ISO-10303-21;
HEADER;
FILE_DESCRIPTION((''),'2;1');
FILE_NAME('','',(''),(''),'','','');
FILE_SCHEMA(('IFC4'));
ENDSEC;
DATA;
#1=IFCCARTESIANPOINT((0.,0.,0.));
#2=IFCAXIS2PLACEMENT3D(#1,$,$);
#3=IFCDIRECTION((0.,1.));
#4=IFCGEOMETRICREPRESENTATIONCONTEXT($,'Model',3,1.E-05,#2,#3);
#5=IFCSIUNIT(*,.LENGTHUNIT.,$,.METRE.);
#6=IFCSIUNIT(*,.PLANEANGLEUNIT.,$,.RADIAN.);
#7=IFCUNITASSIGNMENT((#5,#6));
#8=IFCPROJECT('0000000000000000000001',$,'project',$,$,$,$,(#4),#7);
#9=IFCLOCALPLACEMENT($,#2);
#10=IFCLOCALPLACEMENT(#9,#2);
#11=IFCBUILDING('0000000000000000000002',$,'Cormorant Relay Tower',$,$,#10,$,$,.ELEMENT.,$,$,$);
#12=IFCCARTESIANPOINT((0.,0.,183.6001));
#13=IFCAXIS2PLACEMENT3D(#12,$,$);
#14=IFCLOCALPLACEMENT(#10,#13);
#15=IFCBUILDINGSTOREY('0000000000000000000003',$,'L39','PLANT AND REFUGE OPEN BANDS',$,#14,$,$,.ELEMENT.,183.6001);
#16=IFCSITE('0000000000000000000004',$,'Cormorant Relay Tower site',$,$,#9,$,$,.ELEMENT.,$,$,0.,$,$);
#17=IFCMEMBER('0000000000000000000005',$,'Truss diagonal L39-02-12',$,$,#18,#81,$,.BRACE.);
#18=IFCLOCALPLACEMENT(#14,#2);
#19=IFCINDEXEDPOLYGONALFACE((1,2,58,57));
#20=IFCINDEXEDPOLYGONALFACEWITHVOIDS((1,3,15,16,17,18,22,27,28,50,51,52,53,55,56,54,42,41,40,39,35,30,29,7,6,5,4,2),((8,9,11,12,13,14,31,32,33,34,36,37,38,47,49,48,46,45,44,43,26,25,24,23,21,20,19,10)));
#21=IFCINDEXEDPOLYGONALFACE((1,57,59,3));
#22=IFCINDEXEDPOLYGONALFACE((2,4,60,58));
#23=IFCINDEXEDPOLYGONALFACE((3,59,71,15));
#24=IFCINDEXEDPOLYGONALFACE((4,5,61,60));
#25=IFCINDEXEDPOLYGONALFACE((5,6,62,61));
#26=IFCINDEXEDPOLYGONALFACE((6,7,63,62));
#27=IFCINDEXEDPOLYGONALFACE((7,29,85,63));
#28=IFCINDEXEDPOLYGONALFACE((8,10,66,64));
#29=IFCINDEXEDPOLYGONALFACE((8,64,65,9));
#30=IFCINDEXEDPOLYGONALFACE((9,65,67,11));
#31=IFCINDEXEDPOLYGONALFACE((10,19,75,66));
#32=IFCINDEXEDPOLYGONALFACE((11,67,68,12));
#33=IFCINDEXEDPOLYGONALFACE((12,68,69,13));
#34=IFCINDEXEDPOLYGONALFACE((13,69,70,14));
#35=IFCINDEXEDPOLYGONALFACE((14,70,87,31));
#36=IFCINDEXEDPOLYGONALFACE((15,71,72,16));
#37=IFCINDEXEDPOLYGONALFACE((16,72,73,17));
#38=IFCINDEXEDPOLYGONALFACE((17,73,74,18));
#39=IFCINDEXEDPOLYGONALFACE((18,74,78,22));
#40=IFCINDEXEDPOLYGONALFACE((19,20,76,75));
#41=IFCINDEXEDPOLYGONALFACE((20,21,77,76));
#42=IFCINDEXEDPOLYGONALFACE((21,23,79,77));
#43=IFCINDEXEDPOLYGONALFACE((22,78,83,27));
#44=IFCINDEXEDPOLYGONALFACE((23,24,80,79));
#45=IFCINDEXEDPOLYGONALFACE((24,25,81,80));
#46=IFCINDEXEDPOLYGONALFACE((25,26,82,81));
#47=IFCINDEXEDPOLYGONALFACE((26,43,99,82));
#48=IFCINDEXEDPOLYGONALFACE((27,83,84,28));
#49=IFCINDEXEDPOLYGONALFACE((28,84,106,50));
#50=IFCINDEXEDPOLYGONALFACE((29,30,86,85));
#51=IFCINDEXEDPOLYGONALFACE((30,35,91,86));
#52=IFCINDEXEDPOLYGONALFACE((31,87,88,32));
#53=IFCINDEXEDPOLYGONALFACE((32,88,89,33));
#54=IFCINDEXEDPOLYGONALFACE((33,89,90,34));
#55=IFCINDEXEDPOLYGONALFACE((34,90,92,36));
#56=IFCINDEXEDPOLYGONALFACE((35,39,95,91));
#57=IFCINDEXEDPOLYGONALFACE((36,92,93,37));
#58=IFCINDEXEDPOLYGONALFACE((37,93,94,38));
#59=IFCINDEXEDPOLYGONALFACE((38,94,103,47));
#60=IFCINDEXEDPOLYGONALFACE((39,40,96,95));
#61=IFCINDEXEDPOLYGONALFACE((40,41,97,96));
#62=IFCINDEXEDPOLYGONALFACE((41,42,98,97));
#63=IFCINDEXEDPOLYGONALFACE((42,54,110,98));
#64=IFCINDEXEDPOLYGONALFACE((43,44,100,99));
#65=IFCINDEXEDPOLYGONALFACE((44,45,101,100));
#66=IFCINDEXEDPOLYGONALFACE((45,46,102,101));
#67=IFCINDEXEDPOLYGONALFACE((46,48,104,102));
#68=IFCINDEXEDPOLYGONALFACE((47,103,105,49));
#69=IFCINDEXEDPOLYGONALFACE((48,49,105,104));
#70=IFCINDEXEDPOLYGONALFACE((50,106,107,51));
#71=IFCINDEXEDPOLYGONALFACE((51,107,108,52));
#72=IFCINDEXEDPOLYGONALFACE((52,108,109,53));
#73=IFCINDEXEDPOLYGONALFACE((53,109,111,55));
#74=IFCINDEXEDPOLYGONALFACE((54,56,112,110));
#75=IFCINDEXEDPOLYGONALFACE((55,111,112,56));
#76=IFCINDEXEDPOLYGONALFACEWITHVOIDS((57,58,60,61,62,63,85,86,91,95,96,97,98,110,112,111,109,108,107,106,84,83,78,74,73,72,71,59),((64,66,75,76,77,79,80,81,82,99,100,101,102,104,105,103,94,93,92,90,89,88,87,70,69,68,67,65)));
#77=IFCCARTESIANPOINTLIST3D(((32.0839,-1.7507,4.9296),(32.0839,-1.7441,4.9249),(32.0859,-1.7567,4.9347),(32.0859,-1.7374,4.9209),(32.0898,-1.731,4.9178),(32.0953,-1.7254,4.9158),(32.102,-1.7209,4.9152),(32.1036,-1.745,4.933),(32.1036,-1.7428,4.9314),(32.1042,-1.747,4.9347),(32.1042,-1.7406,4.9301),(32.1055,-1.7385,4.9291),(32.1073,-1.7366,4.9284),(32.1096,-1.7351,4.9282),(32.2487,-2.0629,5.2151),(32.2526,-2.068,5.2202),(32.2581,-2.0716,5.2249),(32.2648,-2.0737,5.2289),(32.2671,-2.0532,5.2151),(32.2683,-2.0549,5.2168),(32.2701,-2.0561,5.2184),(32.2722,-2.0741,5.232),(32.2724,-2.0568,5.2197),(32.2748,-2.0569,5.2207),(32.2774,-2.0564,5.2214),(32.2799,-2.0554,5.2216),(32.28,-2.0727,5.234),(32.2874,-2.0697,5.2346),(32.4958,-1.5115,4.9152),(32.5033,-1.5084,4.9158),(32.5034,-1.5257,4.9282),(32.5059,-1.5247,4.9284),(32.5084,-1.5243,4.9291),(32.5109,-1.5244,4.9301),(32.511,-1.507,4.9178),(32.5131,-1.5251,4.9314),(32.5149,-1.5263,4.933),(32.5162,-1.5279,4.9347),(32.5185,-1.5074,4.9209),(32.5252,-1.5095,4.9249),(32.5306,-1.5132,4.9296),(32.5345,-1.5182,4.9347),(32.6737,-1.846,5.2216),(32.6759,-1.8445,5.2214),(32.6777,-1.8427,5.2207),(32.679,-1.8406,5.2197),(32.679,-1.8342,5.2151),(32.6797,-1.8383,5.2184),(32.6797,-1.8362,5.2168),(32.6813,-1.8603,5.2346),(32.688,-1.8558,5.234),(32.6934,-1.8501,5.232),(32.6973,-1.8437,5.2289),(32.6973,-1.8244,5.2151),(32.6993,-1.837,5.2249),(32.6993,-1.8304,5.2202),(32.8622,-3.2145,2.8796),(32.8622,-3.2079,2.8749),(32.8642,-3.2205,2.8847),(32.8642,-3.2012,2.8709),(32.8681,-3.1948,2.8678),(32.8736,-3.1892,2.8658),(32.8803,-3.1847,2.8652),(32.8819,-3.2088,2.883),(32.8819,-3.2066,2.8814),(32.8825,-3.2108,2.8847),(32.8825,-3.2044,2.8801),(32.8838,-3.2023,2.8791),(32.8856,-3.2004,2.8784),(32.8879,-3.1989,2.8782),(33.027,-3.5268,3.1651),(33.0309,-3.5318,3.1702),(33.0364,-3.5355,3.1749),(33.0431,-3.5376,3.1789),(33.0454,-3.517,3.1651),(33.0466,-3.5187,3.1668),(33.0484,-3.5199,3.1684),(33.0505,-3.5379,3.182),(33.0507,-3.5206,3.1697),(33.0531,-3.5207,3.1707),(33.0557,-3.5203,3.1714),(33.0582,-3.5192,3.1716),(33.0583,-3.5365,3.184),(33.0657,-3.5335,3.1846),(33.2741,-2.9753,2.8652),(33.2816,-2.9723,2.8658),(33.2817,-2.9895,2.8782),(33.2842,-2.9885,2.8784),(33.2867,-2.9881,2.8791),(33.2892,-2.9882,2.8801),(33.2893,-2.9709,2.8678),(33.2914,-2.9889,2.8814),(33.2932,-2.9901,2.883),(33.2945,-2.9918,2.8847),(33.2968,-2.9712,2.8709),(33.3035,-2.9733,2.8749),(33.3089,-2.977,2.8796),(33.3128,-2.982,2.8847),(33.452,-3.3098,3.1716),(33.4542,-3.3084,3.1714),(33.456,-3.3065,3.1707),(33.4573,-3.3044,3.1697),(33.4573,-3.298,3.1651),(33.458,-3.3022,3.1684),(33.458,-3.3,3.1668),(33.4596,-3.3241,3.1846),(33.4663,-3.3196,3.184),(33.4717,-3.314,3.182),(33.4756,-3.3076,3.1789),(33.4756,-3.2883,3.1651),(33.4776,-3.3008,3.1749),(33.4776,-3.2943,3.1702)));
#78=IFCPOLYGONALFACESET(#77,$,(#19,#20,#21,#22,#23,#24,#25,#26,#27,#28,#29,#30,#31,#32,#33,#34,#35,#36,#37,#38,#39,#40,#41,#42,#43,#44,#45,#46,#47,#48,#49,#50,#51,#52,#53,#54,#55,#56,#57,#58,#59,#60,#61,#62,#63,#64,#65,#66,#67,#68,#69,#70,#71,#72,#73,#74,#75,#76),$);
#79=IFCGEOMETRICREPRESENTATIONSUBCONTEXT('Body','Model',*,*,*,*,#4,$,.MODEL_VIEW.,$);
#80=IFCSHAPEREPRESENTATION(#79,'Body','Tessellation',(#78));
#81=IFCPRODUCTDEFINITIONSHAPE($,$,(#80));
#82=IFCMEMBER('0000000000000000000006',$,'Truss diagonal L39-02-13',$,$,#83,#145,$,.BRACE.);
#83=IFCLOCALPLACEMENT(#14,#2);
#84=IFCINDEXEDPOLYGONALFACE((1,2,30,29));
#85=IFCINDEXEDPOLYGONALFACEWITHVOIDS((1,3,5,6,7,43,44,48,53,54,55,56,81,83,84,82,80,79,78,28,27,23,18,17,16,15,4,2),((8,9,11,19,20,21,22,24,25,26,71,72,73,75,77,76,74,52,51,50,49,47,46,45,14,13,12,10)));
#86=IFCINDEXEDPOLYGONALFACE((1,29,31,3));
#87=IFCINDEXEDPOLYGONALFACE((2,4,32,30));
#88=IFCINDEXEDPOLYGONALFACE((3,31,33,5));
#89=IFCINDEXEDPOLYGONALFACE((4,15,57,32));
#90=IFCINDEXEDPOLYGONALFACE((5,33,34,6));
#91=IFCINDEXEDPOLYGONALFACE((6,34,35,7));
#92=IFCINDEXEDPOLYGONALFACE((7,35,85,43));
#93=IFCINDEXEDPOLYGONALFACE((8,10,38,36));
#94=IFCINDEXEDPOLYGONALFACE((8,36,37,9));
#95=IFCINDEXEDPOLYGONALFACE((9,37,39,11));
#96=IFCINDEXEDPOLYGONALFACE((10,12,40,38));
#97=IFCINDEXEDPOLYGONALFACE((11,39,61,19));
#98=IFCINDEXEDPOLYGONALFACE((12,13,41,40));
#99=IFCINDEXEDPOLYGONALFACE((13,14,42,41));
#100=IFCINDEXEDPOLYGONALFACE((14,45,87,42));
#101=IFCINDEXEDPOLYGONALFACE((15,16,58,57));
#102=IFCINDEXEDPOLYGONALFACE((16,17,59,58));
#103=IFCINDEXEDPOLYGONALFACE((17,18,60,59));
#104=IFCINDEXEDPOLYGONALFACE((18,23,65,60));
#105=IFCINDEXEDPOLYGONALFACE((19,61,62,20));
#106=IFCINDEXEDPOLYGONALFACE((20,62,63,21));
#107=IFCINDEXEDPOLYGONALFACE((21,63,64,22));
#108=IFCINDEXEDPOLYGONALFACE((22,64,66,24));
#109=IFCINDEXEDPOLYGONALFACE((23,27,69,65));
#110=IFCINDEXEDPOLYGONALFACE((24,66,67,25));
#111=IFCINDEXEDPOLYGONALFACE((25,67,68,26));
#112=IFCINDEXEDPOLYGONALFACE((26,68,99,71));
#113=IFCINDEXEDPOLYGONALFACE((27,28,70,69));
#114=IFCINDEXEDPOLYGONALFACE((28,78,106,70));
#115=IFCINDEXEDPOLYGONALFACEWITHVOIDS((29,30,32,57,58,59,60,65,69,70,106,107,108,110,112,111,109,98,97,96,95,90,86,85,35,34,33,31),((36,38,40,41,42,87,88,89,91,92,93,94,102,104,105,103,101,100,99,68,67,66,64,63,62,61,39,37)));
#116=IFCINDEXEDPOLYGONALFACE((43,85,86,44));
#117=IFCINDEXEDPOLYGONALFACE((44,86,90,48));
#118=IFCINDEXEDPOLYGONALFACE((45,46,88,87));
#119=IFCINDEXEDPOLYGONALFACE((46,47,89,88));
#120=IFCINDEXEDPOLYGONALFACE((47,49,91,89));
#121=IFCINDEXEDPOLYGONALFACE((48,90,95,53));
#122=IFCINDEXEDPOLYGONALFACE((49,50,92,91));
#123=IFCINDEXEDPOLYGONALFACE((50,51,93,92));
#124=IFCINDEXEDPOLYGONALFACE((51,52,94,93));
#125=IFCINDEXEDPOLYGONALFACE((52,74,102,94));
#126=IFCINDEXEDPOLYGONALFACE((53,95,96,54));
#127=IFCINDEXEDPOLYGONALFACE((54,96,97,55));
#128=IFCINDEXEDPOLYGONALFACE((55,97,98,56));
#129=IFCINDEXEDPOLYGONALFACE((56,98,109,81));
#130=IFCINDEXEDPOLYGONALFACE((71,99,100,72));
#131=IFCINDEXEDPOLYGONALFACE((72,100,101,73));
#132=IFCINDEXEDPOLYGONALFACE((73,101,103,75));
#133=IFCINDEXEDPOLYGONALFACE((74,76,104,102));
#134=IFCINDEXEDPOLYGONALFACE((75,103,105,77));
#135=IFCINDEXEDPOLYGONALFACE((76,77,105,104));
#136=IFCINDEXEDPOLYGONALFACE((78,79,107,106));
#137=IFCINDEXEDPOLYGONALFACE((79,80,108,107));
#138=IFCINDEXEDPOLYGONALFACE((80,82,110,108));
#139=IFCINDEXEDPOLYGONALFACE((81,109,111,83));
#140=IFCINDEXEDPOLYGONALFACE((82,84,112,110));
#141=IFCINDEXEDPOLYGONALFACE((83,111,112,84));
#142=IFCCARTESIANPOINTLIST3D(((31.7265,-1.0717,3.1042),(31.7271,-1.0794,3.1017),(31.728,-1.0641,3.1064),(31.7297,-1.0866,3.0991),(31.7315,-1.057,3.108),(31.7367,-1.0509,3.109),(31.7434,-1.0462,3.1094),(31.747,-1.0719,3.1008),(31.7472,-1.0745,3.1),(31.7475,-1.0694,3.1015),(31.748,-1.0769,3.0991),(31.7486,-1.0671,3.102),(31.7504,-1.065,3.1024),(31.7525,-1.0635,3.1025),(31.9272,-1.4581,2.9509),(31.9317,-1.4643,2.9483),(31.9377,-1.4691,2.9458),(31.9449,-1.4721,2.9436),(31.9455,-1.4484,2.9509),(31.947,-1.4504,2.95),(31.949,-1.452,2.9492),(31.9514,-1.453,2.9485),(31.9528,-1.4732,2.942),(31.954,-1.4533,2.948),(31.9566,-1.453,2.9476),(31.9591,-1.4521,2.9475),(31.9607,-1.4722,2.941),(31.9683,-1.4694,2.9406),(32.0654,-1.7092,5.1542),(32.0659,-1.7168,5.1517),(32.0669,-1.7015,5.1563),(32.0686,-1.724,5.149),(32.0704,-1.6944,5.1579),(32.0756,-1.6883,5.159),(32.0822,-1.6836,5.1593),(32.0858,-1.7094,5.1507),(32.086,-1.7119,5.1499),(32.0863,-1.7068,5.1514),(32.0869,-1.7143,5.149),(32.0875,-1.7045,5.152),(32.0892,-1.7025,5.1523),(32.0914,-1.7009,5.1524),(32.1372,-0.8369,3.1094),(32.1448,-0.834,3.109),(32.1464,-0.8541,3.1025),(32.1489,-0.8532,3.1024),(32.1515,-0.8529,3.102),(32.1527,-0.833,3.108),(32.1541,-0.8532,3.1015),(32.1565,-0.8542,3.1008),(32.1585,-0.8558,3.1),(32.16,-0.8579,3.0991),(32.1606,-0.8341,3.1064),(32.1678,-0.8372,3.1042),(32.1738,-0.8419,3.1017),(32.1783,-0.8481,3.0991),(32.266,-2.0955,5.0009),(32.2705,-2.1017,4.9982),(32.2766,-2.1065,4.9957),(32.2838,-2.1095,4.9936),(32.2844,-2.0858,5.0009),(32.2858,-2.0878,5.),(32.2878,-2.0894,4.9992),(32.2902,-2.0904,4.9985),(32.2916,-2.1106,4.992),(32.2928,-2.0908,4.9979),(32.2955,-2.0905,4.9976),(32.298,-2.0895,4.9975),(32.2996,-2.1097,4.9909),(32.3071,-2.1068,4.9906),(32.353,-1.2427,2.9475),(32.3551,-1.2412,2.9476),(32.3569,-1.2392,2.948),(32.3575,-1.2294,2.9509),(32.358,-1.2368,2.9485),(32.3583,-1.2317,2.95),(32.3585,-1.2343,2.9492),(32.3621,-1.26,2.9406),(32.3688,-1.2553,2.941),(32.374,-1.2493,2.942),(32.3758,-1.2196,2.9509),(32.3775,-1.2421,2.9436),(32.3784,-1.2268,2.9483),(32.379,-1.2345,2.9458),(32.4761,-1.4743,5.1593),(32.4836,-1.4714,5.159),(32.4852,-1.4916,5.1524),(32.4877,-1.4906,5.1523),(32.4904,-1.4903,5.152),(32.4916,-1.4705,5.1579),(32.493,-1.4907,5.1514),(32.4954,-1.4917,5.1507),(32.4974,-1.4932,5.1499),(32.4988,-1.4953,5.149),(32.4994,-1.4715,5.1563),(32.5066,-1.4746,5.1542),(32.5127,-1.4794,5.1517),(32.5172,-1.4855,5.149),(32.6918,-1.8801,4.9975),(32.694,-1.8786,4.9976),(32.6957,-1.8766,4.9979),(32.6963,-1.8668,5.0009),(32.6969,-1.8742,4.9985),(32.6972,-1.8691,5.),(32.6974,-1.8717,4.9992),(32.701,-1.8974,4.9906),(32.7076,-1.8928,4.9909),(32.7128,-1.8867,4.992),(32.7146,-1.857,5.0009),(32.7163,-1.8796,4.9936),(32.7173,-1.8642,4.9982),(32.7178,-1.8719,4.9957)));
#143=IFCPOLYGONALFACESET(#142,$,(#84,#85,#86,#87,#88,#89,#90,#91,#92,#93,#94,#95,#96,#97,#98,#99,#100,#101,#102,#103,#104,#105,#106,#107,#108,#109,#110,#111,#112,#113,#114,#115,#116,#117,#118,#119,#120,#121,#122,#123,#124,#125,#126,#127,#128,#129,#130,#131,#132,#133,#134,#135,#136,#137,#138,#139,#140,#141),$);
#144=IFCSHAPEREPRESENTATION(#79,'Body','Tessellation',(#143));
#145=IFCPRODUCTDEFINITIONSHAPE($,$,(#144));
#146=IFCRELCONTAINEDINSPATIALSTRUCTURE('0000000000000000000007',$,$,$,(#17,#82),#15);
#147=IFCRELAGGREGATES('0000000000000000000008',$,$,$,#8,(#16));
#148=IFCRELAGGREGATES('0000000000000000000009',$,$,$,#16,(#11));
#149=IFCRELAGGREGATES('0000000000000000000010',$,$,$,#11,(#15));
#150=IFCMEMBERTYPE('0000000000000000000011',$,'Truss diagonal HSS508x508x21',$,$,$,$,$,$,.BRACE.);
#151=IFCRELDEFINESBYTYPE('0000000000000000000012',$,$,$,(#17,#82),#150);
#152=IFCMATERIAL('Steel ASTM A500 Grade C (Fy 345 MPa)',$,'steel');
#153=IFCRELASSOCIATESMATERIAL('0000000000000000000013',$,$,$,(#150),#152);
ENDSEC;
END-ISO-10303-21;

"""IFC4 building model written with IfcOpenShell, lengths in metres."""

from ifc_helpers import new_model, si_unit, direction, frame, origin, origin_2d, place, context, subcontext, project, spatial, hollow_rectangle, extrude, material, material_profile, profile_set, type_object, element, save


model = new_model("IFC4")

# Units and contexts
model_context = context("Model", 3, precision=1e-05, world=origin(), true_north=direction((0.0, 1.0)))
body_context = subcontext(model_context, "Body", "Model", "MODEL_VIEW")
ifc_project = project(units=[si_unit("LENGTHUNIT", "METRE"), si_unit("PLANEANGLEUNIT", "RADIAN")], contexts=[model_context])

# Site, building, storey
site_placement = place(None, origin())
site = spatial("IfcSite", under=ifc_project, at=site_placement, Name="Cormorant Relay Tower site", CompositionType="ELEMENT", RefElevation=0.0)
building_placement = place(site_placement, origin())
building = spatial("IfcBuilding", under=site, at=building_placement, Name="Cormorant Relay Tower", CompositionType="ELEMENT")
storey_placement = place(building_placement, frame((0.0, 0.0, 183.6001)))
storey = spatial("IfcBuildingStorey", under=building, at=storey_placement, Name="L39", Description="PLANT AND REFUGE OPEN BANDS", CompositionType="ELEMENT", Elevation=183.6001)

# Members
ifc_material_1 = material(Name="Steel ASTM A500 Grade C (Fy 345 MPa)", Category="steel")
ifc_material_profile_1 = material_profile(ifc_material_1, hollow_rectangle(XDim=0.5081, YDim=0.5081, WallThickness=0.0208, InnerFilletRadius=0.0103, OuterFilletRadius=0.031, at=origin_2d()), Name="HSS508x508x21")
ifc_profile_set_1 = profile_set([ifc_material_profile_1], Name="Steel ASTM A500 Grade C (Fy 345 MPa)")
member_type_1 = type_object("IfcMemberType", Name="Truss diagonal HSS508x508x21", PredefinedType="BRACE", material=ifc_profile_set_1)
member_1_placement = place(storey_placement, frame((33.1699, -3.2544, 3.0249), z_axis=(-0.295204, 0.555221, 0.77755), x_axis=(-0.882956, -0.469457, 0.0)))
element("IfcMember", 1, at=member_1_placement, inside=storey, type_object=member_type_1, Name="Truss diagonal L39-02-12", PredefinedType="BRACE", context=body_context, shape_type="SweptSolid", body=[
    extrude(hollow_rectangle(XDim=0.5081, YDim=0.5081, WallThickness=0.0208, InnerFilletRadius=0.0103, OuterFilletRadius=0.031, at=origin_2d()), origin(), (0.0, 0.0, 1.0), 2.6365),
])
for number, where, z_axis, x_axis, name in (
    (2, (32.3916, -1.7905, 5.075), (-0.155912, 0.29329, -0.943224), (-0.882989, -0.469394, 0.0), "Truss diagonal L39-02-13"),
):
    element("IfcMember", number, at=place(storey_placement, frame(where, z_axis=z_axis, x_axis=x_axis)), inside=storey, type_object=member_type_1, Name=name, PredefinedType="BRACE", context=body_context, shape_type="SweptSolid", body=[
        extrude(hollow_rectangle(XDim=0.5081, YDim=0.5081, WallThickness=0.0208, InnerFilletRadius=0.0103, OuterFilletRadius=0.031, at=origin_2d()), origin(), (0.0, 0.0, 1.0), 2.1733),
    ])

save(model, "model.ifc")
